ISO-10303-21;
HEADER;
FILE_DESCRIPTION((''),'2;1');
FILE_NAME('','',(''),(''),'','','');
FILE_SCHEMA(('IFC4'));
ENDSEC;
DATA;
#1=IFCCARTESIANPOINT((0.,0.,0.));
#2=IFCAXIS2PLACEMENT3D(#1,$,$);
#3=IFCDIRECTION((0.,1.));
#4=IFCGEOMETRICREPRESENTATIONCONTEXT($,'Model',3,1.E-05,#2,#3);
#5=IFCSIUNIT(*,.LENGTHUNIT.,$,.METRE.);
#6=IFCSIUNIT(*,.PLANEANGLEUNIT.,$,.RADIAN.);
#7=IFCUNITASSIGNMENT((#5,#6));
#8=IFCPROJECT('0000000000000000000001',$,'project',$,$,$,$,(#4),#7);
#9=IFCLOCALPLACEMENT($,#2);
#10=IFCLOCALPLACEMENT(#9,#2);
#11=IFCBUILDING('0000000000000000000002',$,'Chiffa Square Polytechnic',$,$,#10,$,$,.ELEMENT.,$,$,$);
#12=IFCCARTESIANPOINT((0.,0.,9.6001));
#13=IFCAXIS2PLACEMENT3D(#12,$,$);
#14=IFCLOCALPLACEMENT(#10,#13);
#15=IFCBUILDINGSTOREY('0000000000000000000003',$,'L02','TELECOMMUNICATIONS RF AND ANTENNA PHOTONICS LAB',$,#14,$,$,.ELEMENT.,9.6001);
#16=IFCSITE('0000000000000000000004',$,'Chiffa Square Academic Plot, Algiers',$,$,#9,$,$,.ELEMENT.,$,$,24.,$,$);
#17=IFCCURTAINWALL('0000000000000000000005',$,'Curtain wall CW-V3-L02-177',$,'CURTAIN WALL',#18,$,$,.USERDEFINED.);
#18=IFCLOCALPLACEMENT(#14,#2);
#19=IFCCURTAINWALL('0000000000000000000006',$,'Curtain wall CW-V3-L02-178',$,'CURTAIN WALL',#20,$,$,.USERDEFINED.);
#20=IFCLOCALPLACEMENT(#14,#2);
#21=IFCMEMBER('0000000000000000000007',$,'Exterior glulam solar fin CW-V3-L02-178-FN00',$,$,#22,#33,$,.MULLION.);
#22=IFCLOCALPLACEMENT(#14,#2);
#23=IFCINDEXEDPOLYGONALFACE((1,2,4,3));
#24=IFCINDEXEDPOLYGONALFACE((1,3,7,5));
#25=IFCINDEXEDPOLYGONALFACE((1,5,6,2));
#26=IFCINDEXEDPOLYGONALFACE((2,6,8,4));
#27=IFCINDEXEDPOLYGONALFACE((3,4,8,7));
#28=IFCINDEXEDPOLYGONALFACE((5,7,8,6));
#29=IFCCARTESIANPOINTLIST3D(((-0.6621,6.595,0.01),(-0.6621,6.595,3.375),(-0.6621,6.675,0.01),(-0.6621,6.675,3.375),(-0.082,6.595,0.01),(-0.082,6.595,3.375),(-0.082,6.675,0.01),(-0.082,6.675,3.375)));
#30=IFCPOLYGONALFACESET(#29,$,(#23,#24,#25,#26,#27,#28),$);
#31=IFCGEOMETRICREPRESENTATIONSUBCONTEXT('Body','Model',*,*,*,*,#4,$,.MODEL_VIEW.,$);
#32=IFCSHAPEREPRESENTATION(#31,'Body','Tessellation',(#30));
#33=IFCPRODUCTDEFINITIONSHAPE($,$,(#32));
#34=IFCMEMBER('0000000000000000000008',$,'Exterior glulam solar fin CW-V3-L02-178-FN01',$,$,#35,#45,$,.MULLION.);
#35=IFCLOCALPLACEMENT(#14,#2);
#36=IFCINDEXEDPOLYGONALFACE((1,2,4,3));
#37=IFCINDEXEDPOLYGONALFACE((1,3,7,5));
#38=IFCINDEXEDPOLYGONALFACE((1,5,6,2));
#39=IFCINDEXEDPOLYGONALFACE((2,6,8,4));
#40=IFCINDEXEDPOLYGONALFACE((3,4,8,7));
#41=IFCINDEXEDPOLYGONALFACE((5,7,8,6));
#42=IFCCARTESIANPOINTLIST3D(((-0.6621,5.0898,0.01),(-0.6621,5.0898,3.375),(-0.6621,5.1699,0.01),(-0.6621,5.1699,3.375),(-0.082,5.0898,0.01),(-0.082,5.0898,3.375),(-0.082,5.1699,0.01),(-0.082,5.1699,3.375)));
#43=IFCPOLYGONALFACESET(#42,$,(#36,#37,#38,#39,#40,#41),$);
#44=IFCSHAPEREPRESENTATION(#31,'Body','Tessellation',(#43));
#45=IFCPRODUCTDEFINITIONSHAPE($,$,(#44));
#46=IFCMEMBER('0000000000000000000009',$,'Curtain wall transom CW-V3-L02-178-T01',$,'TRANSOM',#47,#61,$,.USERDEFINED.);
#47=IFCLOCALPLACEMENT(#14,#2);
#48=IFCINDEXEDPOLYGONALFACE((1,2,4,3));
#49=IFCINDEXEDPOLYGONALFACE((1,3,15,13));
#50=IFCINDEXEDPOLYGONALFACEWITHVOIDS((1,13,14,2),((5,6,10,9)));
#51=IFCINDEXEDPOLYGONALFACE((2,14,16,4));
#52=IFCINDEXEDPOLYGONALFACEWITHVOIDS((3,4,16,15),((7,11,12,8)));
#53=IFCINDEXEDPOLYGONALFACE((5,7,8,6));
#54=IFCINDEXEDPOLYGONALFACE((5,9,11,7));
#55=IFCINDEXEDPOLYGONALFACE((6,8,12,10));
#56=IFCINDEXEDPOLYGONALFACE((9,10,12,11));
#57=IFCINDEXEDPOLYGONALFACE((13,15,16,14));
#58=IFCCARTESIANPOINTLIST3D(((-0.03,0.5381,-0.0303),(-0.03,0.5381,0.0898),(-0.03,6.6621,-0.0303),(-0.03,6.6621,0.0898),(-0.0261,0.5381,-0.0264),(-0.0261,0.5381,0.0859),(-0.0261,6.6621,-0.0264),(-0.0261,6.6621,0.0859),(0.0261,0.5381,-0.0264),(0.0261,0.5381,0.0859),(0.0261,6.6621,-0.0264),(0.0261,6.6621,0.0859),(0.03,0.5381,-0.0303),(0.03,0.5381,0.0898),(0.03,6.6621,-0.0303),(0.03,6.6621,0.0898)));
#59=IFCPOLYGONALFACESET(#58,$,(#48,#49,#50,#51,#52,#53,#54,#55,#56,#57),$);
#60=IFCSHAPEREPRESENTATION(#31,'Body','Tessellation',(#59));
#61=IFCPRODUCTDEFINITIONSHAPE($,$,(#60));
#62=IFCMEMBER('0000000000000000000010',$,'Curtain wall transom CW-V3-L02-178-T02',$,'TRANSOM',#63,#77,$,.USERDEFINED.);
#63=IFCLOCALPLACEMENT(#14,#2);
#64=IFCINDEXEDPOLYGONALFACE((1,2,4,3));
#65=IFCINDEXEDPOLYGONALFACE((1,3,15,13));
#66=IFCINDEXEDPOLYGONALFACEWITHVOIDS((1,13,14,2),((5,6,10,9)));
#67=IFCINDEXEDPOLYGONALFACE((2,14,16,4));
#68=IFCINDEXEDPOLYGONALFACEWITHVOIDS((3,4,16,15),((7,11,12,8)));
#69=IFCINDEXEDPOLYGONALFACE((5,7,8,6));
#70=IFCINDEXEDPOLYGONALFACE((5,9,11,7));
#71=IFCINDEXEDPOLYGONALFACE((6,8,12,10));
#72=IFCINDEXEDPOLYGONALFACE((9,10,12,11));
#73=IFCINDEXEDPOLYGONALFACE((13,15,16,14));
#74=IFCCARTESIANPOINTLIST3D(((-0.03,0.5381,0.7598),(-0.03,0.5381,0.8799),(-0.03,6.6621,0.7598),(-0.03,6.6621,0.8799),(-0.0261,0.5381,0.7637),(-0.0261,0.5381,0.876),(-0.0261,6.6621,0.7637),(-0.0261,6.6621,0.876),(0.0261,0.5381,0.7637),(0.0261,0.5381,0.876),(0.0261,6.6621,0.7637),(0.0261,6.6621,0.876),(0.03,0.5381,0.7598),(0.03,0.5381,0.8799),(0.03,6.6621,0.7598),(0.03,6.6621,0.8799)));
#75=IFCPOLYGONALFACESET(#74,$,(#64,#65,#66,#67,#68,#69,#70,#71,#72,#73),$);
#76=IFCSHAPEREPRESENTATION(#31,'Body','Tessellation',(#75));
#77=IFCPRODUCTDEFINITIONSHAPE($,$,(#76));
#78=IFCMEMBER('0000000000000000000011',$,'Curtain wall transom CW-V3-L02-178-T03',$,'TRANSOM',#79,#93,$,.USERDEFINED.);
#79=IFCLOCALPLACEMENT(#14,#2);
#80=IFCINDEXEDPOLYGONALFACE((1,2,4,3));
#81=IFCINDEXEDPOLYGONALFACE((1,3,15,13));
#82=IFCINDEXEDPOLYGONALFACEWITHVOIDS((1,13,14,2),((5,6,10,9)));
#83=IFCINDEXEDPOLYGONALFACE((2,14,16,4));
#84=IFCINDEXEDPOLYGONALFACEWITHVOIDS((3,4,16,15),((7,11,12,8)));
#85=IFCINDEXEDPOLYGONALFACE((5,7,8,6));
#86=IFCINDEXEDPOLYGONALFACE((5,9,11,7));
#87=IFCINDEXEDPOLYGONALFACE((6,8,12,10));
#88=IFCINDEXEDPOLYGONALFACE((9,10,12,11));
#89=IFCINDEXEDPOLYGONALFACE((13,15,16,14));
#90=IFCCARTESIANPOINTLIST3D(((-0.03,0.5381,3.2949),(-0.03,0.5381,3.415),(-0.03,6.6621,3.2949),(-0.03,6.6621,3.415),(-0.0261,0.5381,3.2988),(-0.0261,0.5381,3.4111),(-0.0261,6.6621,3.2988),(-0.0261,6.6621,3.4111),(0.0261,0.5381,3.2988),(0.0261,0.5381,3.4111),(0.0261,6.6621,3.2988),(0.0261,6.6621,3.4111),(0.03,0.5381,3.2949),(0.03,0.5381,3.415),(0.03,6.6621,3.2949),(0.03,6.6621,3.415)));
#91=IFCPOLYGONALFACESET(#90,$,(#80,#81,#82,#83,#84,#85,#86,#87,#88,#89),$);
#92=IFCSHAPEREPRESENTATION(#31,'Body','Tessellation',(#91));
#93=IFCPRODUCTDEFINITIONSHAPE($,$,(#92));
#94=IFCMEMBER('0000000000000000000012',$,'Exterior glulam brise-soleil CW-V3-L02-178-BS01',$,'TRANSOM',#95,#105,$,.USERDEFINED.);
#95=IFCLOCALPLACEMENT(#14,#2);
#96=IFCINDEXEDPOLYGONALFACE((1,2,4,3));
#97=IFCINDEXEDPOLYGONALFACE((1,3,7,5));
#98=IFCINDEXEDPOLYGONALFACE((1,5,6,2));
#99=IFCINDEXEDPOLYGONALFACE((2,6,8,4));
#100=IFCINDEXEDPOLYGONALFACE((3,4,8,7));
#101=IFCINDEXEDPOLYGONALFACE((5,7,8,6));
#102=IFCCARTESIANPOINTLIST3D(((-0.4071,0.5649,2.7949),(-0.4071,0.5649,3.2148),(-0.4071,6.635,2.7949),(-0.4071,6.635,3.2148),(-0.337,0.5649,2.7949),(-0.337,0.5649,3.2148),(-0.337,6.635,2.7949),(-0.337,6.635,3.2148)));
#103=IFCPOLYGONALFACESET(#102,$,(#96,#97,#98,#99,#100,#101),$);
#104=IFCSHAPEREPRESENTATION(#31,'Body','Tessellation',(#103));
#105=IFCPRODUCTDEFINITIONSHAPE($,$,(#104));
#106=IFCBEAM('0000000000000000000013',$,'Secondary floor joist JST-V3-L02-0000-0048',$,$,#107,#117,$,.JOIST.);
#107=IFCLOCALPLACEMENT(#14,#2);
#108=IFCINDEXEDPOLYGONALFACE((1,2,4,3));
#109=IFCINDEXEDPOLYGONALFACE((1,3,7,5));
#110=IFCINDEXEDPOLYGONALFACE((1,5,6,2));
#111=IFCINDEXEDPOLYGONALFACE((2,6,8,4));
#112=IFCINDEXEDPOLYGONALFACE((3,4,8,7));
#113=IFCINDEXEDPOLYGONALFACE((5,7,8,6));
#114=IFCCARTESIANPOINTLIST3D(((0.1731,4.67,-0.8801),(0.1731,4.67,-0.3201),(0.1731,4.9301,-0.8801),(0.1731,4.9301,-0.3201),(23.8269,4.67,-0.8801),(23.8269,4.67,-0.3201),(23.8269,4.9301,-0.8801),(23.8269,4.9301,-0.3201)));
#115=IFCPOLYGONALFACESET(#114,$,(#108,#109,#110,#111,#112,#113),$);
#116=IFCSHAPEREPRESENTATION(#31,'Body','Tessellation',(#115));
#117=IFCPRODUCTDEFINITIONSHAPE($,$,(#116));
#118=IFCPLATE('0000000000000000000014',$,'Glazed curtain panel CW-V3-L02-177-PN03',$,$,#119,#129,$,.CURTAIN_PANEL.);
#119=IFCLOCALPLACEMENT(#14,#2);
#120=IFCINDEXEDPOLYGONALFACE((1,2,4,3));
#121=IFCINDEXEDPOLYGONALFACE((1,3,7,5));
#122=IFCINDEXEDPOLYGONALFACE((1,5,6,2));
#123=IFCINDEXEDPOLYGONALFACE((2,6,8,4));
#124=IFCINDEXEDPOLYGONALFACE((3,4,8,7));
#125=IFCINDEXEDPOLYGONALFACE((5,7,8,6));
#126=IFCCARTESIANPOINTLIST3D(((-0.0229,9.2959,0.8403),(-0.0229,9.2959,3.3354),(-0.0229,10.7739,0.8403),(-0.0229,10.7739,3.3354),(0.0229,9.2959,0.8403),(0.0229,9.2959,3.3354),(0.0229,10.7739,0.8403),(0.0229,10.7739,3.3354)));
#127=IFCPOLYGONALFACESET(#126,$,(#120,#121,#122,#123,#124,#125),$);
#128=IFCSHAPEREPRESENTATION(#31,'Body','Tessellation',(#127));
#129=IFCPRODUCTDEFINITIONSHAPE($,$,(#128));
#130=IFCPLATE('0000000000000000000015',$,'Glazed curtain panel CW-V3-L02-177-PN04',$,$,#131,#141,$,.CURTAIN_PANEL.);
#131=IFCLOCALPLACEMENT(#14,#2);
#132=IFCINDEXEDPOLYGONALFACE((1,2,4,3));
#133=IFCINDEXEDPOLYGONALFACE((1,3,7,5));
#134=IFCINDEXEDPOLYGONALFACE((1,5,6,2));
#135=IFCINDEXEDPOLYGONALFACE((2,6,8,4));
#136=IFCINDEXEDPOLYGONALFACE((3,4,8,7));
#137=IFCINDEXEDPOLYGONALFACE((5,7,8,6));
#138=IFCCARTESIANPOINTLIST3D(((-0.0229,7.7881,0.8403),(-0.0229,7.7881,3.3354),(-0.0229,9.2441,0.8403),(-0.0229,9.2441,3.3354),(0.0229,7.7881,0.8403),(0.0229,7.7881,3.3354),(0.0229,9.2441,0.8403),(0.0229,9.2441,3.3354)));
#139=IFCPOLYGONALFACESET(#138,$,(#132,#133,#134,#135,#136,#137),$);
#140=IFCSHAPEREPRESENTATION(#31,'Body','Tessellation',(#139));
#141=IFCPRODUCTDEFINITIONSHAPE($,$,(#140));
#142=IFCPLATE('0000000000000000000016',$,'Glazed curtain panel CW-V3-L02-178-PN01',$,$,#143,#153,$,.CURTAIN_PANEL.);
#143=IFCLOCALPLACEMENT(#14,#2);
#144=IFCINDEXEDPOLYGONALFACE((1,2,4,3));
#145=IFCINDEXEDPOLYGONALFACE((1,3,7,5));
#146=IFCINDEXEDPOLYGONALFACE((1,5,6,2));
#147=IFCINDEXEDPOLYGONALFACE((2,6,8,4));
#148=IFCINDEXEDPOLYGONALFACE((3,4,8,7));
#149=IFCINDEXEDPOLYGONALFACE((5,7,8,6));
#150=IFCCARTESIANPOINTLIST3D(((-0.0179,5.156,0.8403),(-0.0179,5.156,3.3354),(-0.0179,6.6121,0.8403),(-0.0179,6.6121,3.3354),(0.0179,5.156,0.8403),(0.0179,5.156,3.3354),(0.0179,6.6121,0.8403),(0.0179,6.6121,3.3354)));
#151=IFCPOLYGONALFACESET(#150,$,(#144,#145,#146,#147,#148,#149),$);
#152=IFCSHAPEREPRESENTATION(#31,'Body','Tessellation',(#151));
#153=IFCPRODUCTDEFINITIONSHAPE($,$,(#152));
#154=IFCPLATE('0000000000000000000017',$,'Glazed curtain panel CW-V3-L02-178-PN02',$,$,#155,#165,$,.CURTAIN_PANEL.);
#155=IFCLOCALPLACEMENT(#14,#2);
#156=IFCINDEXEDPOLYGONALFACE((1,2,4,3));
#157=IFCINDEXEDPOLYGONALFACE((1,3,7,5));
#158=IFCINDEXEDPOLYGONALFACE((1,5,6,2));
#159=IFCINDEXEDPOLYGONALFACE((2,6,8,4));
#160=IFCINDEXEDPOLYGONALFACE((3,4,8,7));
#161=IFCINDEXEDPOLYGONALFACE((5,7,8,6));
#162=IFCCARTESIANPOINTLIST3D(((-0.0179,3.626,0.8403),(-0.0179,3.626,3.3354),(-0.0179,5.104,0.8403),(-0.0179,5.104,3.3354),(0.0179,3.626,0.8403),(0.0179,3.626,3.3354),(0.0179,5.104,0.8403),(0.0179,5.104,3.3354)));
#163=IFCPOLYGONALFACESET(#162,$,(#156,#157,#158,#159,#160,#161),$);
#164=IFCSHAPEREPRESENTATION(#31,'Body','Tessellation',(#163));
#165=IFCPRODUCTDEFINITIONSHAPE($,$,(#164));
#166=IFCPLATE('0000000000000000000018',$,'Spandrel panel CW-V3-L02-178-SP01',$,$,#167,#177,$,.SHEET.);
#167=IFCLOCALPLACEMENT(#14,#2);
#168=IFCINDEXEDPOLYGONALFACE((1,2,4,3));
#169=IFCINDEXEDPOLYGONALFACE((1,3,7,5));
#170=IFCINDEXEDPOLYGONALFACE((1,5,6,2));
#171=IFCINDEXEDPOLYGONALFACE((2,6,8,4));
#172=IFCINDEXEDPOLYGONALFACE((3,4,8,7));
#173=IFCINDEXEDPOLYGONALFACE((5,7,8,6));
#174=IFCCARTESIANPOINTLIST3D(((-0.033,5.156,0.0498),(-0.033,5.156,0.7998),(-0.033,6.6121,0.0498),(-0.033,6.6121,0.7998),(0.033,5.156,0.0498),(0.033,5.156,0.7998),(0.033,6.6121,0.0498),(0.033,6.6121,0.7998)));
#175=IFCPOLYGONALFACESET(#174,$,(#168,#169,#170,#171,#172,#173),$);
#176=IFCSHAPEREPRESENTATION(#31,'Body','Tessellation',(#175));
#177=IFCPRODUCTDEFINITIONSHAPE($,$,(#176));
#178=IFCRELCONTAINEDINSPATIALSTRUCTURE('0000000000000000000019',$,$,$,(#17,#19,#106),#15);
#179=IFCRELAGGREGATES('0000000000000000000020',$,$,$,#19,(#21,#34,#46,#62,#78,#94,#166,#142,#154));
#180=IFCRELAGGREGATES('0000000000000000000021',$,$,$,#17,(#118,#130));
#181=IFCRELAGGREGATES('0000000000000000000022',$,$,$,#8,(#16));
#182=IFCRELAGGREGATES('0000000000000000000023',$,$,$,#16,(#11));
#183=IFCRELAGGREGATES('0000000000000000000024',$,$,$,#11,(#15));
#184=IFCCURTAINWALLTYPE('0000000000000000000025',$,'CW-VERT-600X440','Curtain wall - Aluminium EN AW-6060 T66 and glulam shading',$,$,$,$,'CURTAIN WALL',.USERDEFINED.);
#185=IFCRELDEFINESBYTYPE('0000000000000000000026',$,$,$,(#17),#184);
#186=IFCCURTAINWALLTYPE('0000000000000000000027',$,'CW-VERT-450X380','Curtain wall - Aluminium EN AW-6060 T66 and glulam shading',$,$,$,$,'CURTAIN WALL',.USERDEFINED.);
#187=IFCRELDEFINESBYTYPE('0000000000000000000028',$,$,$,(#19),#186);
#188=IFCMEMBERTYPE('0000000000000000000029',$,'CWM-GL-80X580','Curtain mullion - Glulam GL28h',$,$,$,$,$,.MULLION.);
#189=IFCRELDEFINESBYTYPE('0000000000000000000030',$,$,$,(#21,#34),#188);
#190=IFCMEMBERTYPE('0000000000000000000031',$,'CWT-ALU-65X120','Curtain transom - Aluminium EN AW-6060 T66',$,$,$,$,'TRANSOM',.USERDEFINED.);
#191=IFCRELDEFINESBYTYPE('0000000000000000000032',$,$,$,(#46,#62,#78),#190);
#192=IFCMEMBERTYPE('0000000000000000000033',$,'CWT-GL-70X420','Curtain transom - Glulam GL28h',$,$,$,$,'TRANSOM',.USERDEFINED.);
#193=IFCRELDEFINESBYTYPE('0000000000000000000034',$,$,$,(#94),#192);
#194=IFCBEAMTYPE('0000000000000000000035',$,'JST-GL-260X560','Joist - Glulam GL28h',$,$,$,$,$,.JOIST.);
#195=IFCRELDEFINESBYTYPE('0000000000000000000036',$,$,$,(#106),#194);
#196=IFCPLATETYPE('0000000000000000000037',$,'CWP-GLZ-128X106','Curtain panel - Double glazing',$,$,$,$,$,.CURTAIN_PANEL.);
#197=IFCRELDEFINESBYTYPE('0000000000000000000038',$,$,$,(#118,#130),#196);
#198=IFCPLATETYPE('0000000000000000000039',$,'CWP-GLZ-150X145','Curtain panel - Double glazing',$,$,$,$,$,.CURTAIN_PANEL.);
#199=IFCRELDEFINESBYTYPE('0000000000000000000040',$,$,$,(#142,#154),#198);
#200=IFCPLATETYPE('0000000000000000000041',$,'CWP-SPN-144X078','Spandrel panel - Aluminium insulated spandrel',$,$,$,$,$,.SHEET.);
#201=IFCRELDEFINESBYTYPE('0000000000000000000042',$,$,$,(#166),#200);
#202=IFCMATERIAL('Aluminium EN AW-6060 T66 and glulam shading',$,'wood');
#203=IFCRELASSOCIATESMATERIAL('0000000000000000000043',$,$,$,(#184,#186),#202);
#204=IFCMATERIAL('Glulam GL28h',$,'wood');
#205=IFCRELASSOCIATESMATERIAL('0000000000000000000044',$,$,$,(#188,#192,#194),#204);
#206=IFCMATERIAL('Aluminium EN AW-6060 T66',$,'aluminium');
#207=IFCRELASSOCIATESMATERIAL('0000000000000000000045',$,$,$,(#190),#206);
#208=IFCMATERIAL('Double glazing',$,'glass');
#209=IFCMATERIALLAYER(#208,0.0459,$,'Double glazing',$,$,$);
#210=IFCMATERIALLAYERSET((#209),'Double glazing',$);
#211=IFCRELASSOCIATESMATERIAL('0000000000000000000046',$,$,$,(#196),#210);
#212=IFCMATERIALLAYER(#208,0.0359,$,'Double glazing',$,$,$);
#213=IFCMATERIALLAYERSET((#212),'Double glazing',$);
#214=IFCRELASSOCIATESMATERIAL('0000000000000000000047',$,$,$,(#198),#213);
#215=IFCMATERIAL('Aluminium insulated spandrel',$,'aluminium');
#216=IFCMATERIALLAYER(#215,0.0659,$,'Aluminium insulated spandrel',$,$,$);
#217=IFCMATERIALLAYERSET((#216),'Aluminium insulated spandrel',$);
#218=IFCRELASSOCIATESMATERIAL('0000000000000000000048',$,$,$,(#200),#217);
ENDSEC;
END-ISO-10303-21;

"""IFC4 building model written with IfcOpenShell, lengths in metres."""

from ifc_helpers import new_model, si_unit, direction, frame, origin, origin_2d, place, context, subcontext, project, spatial, rectangle, hollow_rectangle, extrude, material, layer, layer_set, material_profile, profile_set, type_object, element, aggregate, save


model = new_model("IFC4")

# Units and contexts
model_context = context("Model", 3, precision=1e-05, world=origin(), true_north=direction((0.0, 1.0)))
body_context = subcontext(model_context, "Body", "Model", "MODEL_VIEW")
ifc_project = project(units=[si_unit("LENGTHUNIT", "METRE"), si_unit("PLANEANGLEUNIT", "RADIAN")], contexts=[model_context])

# Site, building, storey
site_placement = place(None, origin())
site = spatial("IfcSite", under=ifc_project, at=site_placement, Name="Chiffa Square Academic Plot, Algiers", CompositionType="ELEMENT", RefElevation=24.0)
building_placement = place(site_placement, origin())
building = spatial("IfcBuilding", under=site, at=building_placement, Name="Chiffa Square Polytechnic", CompositionType="ELEMENT")
storey_placement = place(building_placement, frame((0.0, 0.0, 9.6001)))
storey = spatial("IfcBuildingStorey", under=building, at=storey_placement, Name="L02", Description="TELECOMMUNICATIONS RF AND ANTENNA PHOTONICS LAB", CompositionType="ELEMENT", Elevation=9.6001)

# Curtain walls
ifc_material_1 = material(Name="Aluminium EN AW-6060 T66 and glulam shading", Category="wood")
curtain_wall_type_1 = type_object("IfcCurtainWallType", Name="CW-VERT-600X440", Description="Curtain wall - Aluminium EN AW-6060 T66 and glulam shading", ElementType="CURTAIN WALL", PredefinedType="USERDEFINED", material=ifc_material_1)
curtain_wall_1_placement = place(storey_placement, origin())
curtain_wall_1 = element("IfcCurtainWall", 1, at=curtain_wall_1_placement, inside=storey, type_object=curtain_wall_type_1, Name="Curtain wall CW-V3-L02-177", ObjectType="CURTAIN WALL", PredefinedType="USERDEFINED")
ifc_material_2 = material(Name="Aluminium EN AW-6060 T66", Category="aluminium")
curtain_wall_type_2 = type_object("IfcCurtainWallType", Name="CW-VERT-450X380", Description="Curtain wall - Aluminium EN AW-6060 T66 and glulam shading", ElementType="CURTAIN WALL", PredefinedType="USERDEFINED", material=ifc_material_1)
curtain_wall_2_placement = place(storey_placement, origin())
curtain_wall_2 = element("IfcCurtainWall", 2, at=curtain_wall_2_placement, inside=storey, type_object=curtain_wall_type_2, Name="Curtain wall CW-V3-L02-178", ObjectType="CURTAIN WALL", PredefinedType="USERDEFINED")

# Members
ifc_material_3 = material(Name="Glulam GL28h", Category="wood")
ifc_material_profile_1 = material_profile(ifc_material_3, rectangle(XDim=0.0801, YDim=0.5801, at=origin_2d()), Name="GL28h 80x580")
ifc_profile_set_1 = profile_set([ifc_material_profile_1], Name="Glulam GL28h")
member_type_1 = type_object("IfcMemberType", Name="CWM-GL-80X580", Description="Curtain mullion - Glulam GL28h", PredefinedType="MULLION", material=ifc_profile_set_1)
member_1_placement = place(storey_placement, frame((-0.3721, 6.635, 0.01), z_axis=(0.0, 0.0, 1.0), x_axis=(0.0, -1.0, 0.0)))
member_1 = element("IfcMember", 3, at=member_1_placement, type_object=member_type_1, Name="Exterior glulam solar fin CW-V3-L02-178-FN00", PredefinedType="MULLION", context=body_context, shape_type="SweptSolid", body=[
    extrude(rectangle(XDim=0.0801, YDim=0.5801, at=origin_2d()), origin(), (0.0, 0.0, 1.0), 3.365),
])
member_2_placement = place(storey_placement, frame((-0.3721, 5.1299, 0.01), z_axis=(0.0, 0.0, 1.0), x_axis=(0.0, -1.0, 0.0)))
member_2 = element("IfcMember", 4, at=member_2_placement, type_object=member_type_1, Name="Exterior glulam solar fin CW-V3-L02-178-FN01", PredefinedType="MULLION", context=body_context, shape_type="SweptSolid", body=[
    extrude(rectangle(XDim=0.0801, YDim=0.5801, at=origin_2d()), origin(), (0.0, 0.0, 1.0), 3.365),
])
ifc_material_profile_2 = material_profile(ifc_material_2, hollow_rectangle(XDim=0.0601, YDim=0.1201, WallThickness=0.0039, at=origin_2d()), Name="ALU 60x120x4")
ifc_profile_set_2 = profile_set([ifc_material_profile_2], Name="Aluminium EN AW-6060 T66")
member_type_2 = type_object("IfcMemberType", Name="CWT-ALU-65X120", Description="Curtain transom - Aluminium EN AW-6060 T66", ElementType="TRANSOM", PredefinedType="USERDEFINED", material=ifc_profile_set_2)
member_3_placement = place(storey_placement, frame((0.0, 6.6621, 0.0298), z_axis=(0.0, -1.0, 0.0), x_axis=(1.0, 0.0, 0.0)))
member_3 = element("IfcMember", 5, at=member_3_placement, type_object=member_type_2, Name="Curtain wall transom CW-V3-L02-178-T01", ObjectType="TRANSOM", PredefinedType="USERDEFINED", context=body_context, shape_type="SweptSolid", body=[
    extrude(hollow_rectangle(XDim=0.0601, YDim=0.1201, WallThickness=0.0039, at=origin_2d()), origin(), (0.0, 0.0, 1.0), 6.124),
])
member_4_placement = place(storey_placement, frame((0.0, 6.6621, 0.8198), z_axis=(0.0, -1.0, 0.0), x_axis=(1.0, 0.0, 0.0)))
member_4 = element("IfcMember", 6, at=member_4_placement, type_object=member_type_2, Name="Curtain wall transom CW-V3-L02-178-T02", ObjectType="TRANSOM", PredefinedType="USERDEFINED", context=body_context, shape_type="SweptSolid", body=[
    extrude(hollow_rectangle(XDim=0.0601, YDim=0.1201, WallThickness=0.0039, at=origin_2d()), origin(), (0.0, 0.0, 1.0), 6.124),
])
member_5_placement = place(storey_placement, frame((0.0, 6.6621, 3.355), z_axis=(0.0, -1.0, 0.0), x_axis=(1.0, 0.0, 0.0)))
member_5 = element("IfcMember", 7, at=member_5_placement, type_object=member_type_2, Name="Curtain wall transom CW-V3-L02-178-T03", ObjectType="TRANSOM", PredefinedType="USERDEFINED", context=body_context, shape_type="SweptSolid", body=[
    extrude(hollow_rectangle(XDim=0.0601, YDim=0.1201, WallThickness=0.0039, at=origin_2d()), origin(), (0.0, 0.0, 1.0), 6.124),
])
ifc_material_profile_3 = material_profile(ifc_material_3, rectangle(XDim=0.0701, YDim=0.4199, at=origin_2d()), Name="GL28h 70x420")
ifc_profile_set_3 = profile_set([ifc_material_profile_3], Name="Glulam GL28h")
member_type_3 = type_object("IfcMemberType", Name="CWT-GL-70X420", Description="Curtain transom - Glulam GL28h", ElementType="TRANSOM", PredefinedType="USERDEFINED", material=ifc_profile_set_3)
member_6_placement = place(storey_placement, frame((-0.3721, 6.635, 3.0049), z_axis=(0.0, -1.0, 0.0), x_axis=(1.0, 0.0, 0.0)))
member_6 = element("IfcMember", 8, at=member_6_placement, type_object=member_type_3, Name="Exterior glulam brise-soleil CW-V3-L02-178-BS01", ObjectType="TRANSOM", PredefinedType="USERDEFINED", context=body_context, shape_type="SweptSolid", body=[
    extrude(rectangle(XDim=0.0701, YDim=0.4199, at=origin_2d()), origin(), (0.0, 0.0, 1.0), 6.0701),
])

# Beam
ifc_material_profile_4 = material_profile(ifc_material_3, rectangle(XDim=0.26, YDim=0.5601, at=origin_2d()), Name="GL28h 260x560")
ifc_profile_set_4 = profile_set([ifc_material_profile_4], Name="Glulam GL28h")
beam_type_1 = type_object("IfcBeamType", Name="JST-GL-260X560", Description="Joist - Glulam GL28h", PredefinedType="JOIST", material=ifc_profile_set_4)
beam_1_placement = place(storey_placement, frame((0.1731, 4.8, -0.6001), z_axis=(1.0, 0.0, 0.0), x_axis=(0.0, 1.0, 0.0)))
element("IfcBeam", 9, at=beam_1_placement, inside=storey, type_object=beam_type_1, Name="Secondary floor joist JST-V3-L02-0000-0048", PredefinedType="JOIST", context=body_context, shape_type="SweptSolid", body=[
    extrude(rectangle(XDim=0.26, YDim=0.5601, at=origin_2d()), origin(), (0.0, 0.0, 1.0), 23.6538),
])

# Plates
ifc_material_4 = material(Name="Double glazing", Category="glass")
ifc_layer_1 = layer(ifc_material_4, 0.0459, Name="Double glazing")
ifc_layer_set_1 = layer_set([ifc_layer_1], Name="Double glazing")
plate_type_1 = type_object("IfcPlateType", Name="CWP-GLZ-128X106", Description="Curtain panel - Double glazing", PredefinedType="CURTAIN_PANEL", material=ifc_layer_set_1)
plate_1_placement = place(storey_placement, frame((0.0, 10.0349, 0.8403), z_axis=(0.0, 0.0, 1.0), x_axis=(0.0, -1.0, 0.0)))
plate_1 = element("IfcPlate", 10, at=plate_1_placement, type_object=plate_type_1, Name="Glazed curtain panel CW-V3-L02-177-PN03", PredefinedType="CURTAIN_PANEL", context=body_context, shape_type="SweptSolid", body=[
    extrude(rectangle(XDim=1.478, YDim=0.0459, at=origin_2d()), origin(), (0.0, 0.0, 1.0), 2.4951),
])
plate_2_placement = place(storey_placement, frame((0.0, 8.5161, 0.8403), z_axis=(0.0, 0.0, 1.0), x_axis=(0.0, -1.0, 0.0)))
plate_2 = element("IfcPlate", 11, at=plate_2_placement, type_object=plate_type_1, Name="Glazed curtain panel CW-V3-L02-177-PN04", PredefinedType="CURTAIN_PANEL", context=body_context, shape_type="SweptSolid", body=[
    extrude(rectangle(XDim=1.4561, YDim=0.0459, at=origin_2d()), origin(), (0.0, 0.0, 1.0), 2.4951),
])
ifc_layer_2 = layer(ifc_material_4, 0.0359, Name="Double glazing")
ifc_layer_set_2 = layer_set([ifc_layer_2], Name="Double glazing")
plate_type_2 = type_object("IfcPlateType", Name="CWP-GLZ-150X145", Description="Curtain panel - Double glazing", PredefinedType="CURTAIN_PANEL", material=ifc_layer_set_2)
plate_3_placement = place(storey_placement, frame((0.0, 5.884, 0.8403), z_axis=(0.0, 0.0, 1.0), x_axis=(0.0, -1.0, 0.0)))
plate_3 = element("IfcPlate", 12, at=plate_3_placement, type_object=plate_type_2, Name="Glazed curtain panel CW-V3-L02-178-PN01", PredefinedType="CURTAIN_PANEL", context=body_context, shape_type="SweptSolid", body=[
    extrude(rectangle(XDim=1.4561, YDim=0.0359, at=origin_2d()), origin(), (0.0, 0.0, 1.0), 2.4951),
])
plate_4_placement = place(storey_placement, frame((0.0, 4.365, 0.8403), z_axis=(0.0, 0.0, 1.0), x_axis=(0.0, -1.0, 0.0)))
plate_4 = element("IfcPlate", 13, at=plate_4_placement, type_object=plate_type_2, Name="Glazed curtain panel CW-V3-L02-178-PN02", PredefinedType="CURTAIN_PANEL", context=body_context, shape_type="SweptSolid", body=[
    extrude(rectangle(XDim=1.478, YDim=0.0359, at=origin_2d()), origin(), (0.0, 0.0, 1.0), 2.4951),
])
ifc_material_5 = material(Name="Aluminium insulated spandrel", Category="aluminium")
ifc_layer_3 = layer(ifc_material_5, 0.0659, Name="Aluminium insulated spandrel")
ifc_layer_set_3 = layer_set([ifc_layer_3], Name="Aluminium insulated spandrel")
plate_type_3 = type_object("IfcPlateType", Name="CWP-SPN-144X078", Description="Spandrel panel - Aluminium insulated spandrel", PredefinedType="SHEET", material=ifc_layer_set_3)
plate_5_placement = place(storey_placement, frame((0.0, 5.884, 0.0498), z_axis=(0.0, 0.0, 1.0), x_axis=(0.0, -1.0, 0.0)))
plate_5 = element("IfcPlate", 14, at=plate_5_placement, type_object=plate_type_3, Name="Spandrel panel CW-V3-L02-178-SP01", PredefinedType="SHEET", context=body_context, shape_type="SweptSolid", body=[
    extrude(rectangle(XDim=1.4561, YDim=0.0659, at=origin_2d()), origin(), (0.0, 0.0, 1.0), 0.75),
])
aggregate(curtain_wall_2, [member_1, member_2, member_3, member_4, member_5, member_6, plate_5, plate_3, plate_4])
aggregate(curtain_wall_1, [plate_1, plate_2])

save(model, "model.ifc")
